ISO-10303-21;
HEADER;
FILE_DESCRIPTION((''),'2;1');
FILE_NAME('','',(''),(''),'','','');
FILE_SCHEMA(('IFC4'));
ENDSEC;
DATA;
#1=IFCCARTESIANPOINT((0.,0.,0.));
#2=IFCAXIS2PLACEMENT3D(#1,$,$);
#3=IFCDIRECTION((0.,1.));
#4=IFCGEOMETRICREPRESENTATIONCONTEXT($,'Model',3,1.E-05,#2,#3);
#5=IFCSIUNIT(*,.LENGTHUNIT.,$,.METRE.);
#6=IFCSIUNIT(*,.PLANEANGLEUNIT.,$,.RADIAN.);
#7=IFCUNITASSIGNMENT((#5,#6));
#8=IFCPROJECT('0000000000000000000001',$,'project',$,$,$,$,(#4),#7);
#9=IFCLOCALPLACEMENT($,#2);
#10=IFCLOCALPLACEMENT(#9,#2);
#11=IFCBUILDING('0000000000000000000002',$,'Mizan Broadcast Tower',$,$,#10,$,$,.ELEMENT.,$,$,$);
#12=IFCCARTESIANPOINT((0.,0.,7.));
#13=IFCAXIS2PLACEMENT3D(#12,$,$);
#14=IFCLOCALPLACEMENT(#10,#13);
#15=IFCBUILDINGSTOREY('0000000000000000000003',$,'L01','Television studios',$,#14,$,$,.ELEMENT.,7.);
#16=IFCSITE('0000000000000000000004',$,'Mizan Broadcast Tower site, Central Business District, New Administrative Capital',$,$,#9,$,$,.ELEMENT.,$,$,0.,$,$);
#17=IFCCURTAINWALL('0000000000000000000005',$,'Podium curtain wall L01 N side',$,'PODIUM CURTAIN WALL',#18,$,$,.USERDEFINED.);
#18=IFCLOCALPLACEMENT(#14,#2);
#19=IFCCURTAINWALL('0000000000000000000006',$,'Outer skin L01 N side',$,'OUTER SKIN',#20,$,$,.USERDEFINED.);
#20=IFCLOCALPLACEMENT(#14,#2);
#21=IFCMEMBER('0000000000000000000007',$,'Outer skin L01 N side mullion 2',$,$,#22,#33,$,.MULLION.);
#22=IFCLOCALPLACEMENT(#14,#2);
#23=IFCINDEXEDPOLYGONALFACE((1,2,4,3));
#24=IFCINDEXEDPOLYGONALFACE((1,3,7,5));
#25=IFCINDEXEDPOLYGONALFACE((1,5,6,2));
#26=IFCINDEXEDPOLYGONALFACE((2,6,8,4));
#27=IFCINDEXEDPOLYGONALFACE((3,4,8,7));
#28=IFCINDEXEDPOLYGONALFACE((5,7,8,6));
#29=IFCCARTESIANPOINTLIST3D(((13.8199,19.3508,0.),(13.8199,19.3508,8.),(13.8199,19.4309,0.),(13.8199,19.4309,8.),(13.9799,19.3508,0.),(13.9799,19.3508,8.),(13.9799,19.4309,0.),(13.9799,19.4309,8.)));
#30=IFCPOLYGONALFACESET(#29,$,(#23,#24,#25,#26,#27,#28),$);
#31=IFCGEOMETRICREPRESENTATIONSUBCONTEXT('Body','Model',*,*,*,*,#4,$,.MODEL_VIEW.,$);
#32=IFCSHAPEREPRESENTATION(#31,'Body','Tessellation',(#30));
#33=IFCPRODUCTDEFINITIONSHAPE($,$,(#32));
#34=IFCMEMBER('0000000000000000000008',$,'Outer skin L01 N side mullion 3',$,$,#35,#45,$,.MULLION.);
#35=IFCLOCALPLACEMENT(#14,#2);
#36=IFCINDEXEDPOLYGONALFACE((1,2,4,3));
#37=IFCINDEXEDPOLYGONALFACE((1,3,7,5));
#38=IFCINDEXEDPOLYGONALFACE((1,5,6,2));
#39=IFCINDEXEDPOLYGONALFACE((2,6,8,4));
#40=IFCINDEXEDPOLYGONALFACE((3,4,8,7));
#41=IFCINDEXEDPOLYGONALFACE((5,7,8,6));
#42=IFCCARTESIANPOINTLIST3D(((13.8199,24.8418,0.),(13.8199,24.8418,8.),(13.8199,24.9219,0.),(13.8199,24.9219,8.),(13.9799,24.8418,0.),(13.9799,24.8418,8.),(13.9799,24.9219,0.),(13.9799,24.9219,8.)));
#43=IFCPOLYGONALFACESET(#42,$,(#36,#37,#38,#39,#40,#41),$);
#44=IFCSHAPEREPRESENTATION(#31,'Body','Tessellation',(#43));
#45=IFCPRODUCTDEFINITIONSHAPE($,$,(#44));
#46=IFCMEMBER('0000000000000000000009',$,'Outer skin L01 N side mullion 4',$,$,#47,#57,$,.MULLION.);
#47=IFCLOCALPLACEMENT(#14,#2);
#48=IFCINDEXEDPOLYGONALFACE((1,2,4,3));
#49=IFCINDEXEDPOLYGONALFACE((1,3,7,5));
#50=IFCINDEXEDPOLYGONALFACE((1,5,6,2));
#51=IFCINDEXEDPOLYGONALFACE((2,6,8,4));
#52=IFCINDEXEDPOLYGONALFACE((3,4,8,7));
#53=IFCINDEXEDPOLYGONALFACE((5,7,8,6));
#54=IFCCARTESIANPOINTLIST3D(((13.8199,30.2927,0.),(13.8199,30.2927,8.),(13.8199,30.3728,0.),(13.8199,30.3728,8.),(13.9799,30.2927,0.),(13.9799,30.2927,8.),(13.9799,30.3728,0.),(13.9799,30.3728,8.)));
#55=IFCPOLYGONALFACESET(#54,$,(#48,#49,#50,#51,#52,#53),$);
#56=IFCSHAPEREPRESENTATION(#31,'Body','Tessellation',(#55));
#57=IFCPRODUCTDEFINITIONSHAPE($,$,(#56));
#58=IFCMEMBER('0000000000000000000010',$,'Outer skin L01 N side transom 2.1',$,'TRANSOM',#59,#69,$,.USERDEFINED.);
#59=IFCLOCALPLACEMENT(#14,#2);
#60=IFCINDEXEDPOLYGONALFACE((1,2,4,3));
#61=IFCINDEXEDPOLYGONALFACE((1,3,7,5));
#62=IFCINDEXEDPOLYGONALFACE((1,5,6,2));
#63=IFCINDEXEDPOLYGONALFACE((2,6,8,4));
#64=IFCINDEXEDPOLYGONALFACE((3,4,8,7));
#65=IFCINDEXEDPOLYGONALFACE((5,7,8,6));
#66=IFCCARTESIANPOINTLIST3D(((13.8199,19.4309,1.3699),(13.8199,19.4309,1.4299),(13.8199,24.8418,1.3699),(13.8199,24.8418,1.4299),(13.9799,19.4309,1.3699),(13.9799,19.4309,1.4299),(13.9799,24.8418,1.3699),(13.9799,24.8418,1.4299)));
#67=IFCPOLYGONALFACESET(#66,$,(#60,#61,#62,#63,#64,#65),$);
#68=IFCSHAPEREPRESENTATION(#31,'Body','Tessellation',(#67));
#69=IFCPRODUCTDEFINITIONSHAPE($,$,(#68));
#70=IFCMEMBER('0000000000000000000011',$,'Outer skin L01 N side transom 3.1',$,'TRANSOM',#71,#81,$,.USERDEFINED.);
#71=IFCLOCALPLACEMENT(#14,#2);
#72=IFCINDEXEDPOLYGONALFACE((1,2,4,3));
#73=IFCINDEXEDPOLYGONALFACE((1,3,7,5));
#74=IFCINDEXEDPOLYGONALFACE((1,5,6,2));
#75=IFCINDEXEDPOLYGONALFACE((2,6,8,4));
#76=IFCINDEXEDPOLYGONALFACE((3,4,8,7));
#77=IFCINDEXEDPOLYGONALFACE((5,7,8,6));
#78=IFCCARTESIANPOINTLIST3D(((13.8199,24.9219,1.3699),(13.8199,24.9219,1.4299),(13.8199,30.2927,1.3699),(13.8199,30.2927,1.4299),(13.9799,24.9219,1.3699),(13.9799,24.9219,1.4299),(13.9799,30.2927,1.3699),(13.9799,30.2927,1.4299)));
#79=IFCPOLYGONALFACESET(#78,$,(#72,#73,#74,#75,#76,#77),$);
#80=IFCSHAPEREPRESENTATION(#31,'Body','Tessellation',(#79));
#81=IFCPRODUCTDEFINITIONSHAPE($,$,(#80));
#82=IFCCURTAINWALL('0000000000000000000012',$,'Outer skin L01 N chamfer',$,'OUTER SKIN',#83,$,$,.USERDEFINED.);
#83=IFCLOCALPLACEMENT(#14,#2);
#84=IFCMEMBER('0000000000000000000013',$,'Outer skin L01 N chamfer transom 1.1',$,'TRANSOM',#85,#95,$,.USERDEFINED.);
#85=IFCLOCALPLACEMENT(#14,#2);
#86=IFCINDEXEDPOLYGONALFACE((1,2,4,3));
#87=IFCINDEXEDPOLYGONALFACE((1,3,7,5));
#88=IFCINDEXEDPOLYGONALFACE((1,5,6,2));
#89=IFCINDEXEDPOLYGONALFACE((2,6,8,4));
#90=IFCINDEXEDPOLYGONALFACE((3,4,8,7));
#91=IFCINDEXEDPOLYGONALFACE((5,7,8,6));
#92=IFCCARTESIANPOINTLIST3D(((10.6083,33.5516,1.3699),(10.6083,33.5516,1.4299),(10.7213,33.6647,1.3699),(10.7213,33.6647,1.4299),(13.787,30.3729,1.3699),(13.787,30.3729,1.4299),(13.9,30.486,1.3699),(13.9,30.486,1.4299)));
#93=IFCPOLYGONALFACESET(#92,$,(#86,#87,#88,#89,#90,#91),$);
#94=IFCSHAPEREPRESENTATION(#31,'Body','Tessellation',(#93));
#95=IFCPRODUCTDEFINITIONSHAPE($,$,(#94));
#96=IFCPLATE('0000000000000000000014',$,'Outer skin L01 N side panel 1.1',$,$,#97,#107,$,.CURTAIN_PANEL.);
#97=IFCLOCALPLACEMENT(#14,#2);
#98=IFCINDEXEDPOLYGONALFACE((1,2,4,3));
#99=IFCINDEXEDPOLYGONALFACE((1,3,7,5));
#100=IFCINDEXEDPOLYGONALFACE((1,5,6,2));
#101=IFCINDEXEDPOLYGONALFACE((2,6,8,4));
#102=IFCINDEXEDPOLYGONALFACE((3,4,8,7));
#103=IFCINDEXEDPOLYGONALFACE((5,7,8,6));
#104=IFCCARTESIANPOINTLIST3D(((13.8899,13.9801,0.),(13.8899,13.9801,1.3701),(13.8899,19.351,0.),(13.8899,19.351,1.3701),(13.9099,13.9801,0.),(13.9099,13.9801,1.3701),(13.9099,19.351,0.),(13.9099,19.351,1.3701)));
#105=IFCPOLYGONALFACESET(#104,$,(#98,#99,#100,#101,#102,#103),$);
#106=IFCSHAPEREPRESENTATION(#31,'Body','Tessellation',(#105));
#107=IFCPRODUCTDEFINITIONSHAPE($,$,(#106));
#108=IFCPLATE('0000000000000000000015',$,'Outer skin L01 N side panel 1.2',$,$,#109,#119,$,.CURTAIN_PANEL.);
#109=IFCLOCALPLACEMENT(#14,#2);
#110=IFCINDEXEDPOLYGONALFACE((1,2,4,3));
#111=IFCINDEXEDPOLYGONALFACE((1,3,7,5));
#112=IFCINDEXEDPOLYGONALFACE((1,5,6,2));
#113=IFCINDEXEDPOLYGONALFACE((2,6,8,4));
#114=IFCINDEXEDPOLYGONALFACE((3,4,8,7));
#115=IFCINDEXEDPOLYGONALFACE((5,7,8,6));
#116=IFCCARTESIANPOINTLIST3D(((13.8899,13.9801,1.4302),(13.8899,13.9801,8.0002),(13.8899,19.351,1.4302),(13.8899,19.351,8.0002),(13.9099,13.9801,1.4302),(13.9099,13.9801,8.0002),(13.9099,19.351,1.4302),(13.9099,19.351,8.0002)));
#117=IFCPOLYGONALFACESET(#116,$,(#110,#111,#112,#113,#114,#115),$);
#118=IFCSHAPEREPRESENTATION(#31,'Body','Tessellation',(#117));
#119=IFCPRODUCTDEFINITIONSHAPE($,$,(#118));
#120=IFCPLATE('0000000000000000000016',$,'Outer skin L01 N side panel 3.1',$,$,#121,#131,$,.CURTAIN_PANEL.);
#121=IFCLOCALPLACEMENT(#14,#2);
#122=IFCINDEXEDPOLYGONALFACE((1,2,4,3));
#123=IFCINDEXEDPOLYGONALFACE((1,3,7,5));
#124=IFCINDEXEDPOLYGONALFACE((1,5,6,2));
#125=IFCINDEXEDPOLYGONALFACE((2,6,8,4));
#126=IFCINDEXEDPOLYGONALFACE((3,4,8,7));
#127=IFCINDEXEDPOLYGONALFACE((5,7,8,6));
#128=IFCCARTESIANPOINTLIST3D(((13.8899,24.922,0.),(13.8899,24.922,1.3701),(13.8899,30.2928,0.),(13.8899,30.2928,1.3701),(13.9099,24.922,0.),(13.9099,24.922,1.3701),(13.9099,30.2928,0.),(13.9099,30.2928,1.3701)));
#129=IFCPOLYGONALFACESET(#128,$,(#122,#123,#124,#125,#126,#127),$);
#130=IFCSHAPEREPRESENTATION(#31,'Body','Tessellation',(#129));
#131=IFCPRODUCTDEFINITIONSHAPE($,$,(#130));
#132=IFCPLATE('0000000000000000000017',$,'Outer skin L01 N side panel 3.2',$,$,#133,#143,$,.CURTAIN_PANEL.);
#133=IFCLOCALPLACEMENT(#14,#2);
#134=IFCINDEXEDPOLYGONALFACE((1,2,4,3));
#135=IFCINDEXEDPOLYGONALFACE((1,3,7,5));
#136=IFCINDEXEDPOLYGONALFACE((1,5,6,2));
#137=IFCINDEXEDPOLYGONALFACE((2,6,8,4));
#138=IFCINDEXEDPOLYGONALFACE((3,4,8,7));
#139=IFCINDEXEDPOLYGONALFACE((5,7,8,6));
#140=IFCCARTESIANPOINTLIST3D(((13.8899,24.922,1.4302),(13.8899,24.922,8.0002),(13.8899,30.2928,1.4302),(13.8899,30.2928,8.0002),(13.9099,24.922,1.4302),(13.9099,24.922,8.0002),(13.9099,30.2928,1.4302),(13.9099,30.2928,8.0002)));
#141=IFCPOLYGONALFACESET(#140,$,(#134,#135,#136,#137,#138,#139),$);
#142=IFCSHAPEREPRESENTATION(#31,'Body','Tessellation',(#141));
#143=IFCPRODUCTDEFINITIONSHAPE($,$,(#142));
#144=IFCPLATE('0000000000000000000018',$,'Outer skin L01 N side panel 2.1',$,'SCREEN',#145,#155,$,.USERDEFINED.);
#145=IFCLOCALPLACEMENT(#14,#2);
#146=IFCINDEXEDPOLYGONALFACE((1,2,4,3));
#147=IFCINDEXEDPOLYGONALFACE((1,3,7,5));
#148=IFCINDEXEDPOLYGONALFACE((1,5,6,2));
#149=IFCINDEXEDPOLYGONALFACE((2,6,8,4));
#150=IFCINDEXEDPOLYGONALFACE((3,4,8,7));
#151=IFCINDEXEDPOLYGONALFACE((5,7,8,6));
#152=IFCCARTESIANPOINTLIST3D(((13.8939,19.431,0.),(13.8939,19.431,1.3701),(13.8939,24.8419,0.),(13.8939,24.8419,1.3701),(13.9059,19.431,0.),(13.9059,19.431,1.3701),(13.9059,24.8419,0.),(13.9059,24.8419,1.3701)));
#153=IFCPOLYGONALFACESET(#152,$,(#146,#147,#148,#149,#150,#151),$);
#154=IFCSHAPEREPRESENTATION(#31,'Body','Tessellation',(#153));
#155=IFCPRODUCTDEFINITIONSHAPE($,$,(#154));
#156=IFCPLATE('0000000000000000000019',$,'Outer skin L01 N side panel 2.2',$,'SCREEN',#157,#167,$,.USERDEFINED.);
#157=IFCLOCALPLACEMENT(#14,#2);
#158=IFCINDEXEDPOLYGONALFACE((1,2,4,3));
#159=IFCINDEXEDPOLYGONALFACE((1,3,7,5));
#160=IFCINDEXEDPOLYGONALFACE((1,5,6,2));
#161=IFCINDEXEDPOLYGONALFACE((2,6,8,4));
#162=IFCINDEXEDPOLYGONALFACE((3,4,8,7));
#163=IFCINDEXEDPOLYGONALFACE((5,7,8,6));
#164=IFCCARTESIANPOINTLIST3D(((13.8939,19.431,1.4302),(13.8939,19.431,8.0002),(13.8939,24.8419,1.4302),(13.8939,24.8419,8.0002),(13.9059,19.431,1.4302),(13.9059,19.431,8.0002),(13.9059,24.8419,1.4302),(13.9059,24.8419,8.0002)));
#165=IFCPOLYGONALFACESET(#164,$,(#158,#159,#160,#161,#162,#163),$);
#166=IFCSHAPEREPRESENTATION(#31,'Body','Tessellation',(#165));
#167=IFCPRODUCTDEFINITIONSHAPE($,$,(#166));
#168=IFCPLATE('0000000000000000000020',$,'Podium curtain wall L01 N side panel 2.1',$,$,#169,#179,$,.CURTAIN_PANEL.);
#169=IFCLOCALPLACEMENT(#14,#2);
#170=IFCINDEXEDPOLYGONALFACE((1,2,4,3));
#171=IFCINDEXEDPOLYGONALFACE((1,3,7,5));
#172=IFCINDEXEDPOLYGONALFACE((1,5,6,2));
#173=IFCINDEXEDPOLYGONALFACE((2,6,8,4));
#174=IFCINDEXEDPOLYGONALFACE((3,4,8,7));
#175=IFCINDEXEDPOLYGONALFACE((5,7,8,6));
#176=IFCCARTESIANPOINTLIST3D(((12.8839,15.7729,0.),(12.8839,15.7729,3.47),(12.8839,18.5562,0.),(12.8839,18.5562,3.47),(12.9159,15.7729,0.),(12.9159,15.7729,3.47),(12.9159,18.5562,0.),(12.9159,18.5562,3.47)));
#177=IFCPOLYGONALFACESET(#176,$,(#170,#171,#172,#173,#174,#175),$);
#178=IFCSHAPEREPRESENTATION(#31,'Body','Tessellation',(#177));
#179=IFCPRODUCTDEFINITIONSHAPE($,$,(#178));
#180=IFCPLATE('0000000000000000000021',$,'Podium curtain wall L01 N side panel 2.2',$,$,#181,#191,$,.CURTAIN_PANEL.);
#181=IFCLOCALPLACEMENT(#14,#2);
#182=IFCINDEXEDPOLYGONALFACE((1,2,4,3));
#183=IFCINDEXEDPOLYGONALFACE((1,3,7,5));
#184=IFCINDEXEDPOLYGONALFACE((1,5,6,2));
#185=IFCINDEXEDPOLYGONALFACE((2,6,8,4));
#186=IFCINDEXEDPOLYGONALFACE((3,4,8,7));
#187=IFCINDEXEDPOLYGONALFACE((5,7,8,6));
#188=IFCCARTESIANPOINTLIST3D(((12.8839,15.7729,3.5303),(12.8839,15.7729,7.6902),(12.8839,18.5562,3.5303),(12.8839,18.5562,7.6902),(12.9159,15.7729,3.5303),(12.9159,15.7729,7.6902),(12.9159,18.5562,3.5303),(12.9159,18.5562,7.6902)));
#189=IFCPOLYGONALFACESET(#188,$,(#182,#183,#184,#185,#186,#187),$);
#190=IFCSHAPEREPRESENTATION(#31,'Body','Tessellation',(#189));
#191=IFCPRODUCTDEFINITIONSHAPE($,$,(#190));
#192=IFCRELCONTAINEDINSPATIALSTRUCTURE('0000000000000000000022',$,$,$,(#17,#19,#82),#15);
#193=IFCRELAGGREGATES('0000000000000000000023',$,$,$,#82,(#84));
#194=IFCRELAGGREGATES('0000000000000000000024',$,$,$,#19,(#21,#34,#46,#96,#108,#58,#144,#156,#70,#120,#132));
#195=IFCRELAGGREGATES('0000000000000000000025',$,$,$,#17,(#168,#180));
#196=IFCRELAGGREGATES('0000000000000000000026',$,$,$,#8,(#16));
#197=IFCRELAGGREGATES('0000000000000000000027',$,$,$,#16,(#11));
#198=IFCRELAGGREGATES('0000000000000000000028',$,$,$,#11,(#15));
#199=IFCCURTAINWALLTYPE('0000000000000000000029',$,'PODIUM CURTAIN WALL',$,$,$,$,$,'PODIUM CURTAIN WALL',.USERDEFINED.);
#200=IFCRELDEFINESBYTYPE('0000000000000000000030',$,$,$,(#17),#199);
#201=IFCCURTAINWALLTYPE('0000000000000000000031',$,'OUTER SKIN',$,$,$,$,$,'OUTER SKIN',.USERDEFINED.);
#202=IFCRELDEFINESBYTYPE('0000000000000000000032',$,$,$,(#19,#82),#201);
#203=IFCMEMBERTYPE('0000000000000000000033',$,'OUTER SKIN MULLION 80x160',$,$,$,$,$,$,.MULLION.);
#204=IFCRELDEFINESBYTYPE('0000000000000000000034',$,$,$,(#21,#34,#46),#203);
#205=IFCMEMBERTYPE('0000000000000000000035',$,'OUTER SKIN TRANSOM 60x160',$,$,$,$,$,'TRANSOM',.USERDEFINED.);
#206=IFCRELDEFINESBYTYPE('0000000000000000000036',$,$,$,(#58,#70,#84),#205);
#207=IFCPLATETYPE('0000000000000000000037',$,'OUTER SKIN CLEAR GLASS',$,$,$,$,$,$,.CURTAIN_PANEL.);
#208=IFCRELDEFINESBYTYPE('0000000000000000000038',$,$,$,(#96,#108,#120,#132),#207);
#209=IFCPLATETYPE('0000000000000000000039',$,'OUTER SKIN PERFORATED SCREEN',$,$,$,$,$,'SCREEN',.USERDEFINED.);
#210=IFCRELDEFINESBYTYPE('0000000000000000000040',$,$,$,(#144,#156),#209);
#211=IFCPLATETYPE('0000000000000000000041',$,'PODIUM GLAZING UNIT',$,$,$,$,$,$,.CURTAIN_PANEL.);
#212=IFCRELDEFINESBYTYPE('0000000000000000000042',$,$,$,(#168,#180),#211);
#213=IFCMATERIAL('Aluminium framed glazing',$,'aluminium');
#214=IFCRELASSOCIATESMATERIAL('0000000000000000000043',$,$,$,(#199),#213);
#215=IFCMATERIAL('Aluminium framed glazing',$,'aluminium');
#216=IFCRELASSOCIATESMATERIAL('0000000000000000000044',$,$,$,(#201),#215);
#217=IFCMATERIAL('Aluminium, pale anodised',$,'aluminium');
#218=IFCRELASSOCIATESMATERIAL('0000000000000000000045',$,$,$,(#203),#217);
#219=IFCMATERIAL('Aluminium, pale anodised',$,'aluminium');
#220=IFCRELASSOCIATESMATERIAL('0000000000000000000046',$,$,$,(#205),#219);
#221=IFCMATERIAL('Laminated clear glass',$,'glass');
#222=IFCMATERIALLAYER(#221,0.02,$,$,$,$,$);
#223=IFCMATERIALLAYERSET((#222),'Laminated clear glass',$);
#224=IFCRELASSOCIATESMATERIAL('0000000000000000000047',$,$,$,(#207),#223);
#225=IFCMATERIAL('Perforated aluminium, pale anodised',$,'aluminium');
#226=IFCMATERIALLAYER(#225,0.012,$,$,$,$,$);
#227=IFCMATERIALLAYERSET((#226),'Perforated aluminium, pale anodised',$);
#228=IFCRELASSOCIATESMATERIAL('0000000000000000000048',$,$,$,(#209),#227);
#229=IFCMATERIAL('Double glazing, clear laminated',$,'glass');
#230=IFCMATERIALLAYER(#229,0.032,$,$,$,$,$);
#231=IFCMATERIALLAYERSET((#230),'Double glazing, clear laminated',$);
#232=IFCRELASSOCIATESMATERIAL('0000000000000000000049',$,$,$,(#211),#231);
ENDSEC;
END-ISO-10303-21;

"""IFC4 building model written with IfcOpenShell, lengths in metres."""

from ifc_helpers import new_model, si_unit, direction, frame, origin, origin_2d, place, context, subcontext, project, spatial, rectangle, extrude, material, layer, layer_set, material_profile, profile_set, type_object, element, aggregate, save


model = new_model("IFC4")

# Units and contexts
model_context = context("Model", 3, precision=1e-05, world=origin(), true_north=direction((0.0, 1.0)))
body_context = subcontext(model_context, "Body", "Model", "MODEL_VIEW")
ifc_project = project(units=[si_unit("LENGTHUNIT", "METRE"), si_unit("PLANEANGLEUNIT", "RADIAN")], contexts=[model_context])

# Site, building, storey
site_placement = place(None, origin())
site = spatial("IfcSite", under=ifc_project, at=site_placement, Name="Mizan Broadcast Tower site, Central Business District, New Administrative Capital", CompositionType="ELEMENT", RefElevation=0.0)
building_placement = place(site_placement, origin())
building = spatial("IfcBuilding", under=site, at=building_placement, Name="Mizan Broadcast Tower", CompositionType="ELEMENT")
storey_placement = place(building_placement, frame((0.0, 0.0, 7.0)))
storey = spatial("IfcBuildingStorey", under=building, at=storey_placement, Name="L01", Description="Television studios", CompositionType="ELEMENT", Elevation=7.0)

# Curtain walls, members
ifc_material_1 = material(Name="Aluminium framed glazing", Category="aluminium")
curtain_wall_type_1 = type_object("IfcCurtainWallType", Name="PODIUM CURTAIN WALL", ElementType="PODIUM CURTAIN WALL", PredefinedType="USERDEFINED", material=ifc_material_1)
curtain_wall_1_placement = place(storey_placement, origin())
curtain_wall_1 = element("IfcCurtainWall", 1, at=curtain_wall_1_placement, inside=storey, type_object=curtain_wall_type_1, Name="Podium curtain wall L01 N side", ObjectType="PODIUM CURTAIN WALL", PredefinedType="USERDEFINED")
ifc_material_2 = material(Name="Aluminium framed glazing", Category="aluminium")
curtain_wall_type_2 = type_object("IfcCurtainWallType", Name="OUTER SKIN", ElementType="OUTER SKIN", PredefinedType="USERDEFINED", material=ifc_material_2)
curtain_wall_2_placement = place(storey_placement, origin())
curtain_wall_2 = element("IfcCurtainWall", 2, at=curtain_wall_2_placement, inside=storey, type_object=curtain_wall_type_2, Name="Outer skin L01 N side", ObjectType="OUTER SKIN", PredefinedType="USERDEFINED")
ifc_material_3 = material(Name="Aluminium, pale anodised", Category="aluminium")
ifc_material_profile_1 = material_profile(ifc_material_3, rectangle(XDim=0.1599, YDim=0.0801, at=origin_2d()), Name="MULLION 160x80")
ifc_profile_set_1 = profile_set([ifc_material_profile_1], Name="Aluminium, pale anodised")
member_type_1 = type_object("IfcMemberType", Name="OUTER SKIN MULLION 80x160", PredefinedType="MULLION", material=ifc_profile_set_1)
member_1_placement = place(storey_placement, frame((13.8999, 19.3909, 0.0), z_axis=(0.0, 0.0, 1.0), x_axis=(-1.0, 0.0, 0.0)))
member_1 = element("IfcMember", 3, at=member_1_placement, type_object=member_type_1, Name="Outer skin L01 N side mullion 2", PredefinedType="MULLION", context=body_context, shape_type="SweptSolid", body=[
    extrude(rectangle(XDim=0.1599, YDim=0.0801, at=origin_2d()), origin(), (0.0, 0.0, 1.0), 8.0),
])
member_2_placement = place(storey_placement, frame((13.8999, 24.8818, 0.0), z_axis=(0.0, 0.0, 1.0), x_axis=(-1.0, 0.0, 0.0)))
member_2 = element("IfcMember", 4, at=member_2_placement, type_object=member_type_1, Name="Outer skin L01 N side mullion 3", PredefinedType="MULLION", context=body_context, shape_type="SweptSolid", body=[
    extrude(rectangle(XDim=0.1599, YDim=0.0801, at=origin_2d()), origin(), (0.0, 0.0, 1.0), 8.0),
])
member_3_placement = place(storey_placement, frame((13.8999, 30.3328, 0.0), z_axis=(0.0, 0.0, 1.0), x_axis=(-1.0, 0.0, 0.0)))
member_3 = element("IfcMember", 5, at=member_3_placement, type_object=member_type_1, Name="Outer skin L01 N side mullion 4", PredefinedType="MULLION", context=body_context, shape_type="SweptSolid", body=[
    extrude(rectangle(XDim=0.1599, YDim=0.0801, at=origin_2d()), origin(), (0.0, 0.0, 1.0), 8.0),
])
ifc_material_4 = material(Name="Aluminium, pale anodised", Category="aluminium")
ifc_material_profile_2 = material_profile(ifc_material_4, rectangle(XDim=0.1599, YDim=0.0601, at=origin_2d()), Name="TRANSOM 160x60")
ifc_profile_set_2 = profile_set([ifc_material_profile_2], Name="Aluminium, pale anodised")
member_type_2 = type_object("IfcMemberType", Name="OUTER SKIN TRANSOM 60x160", ElementType="TRANSOM", PredefinedType="USERDEFINED", material=ifc_profile_set_2)
member_4_placement = place(storey_placement, frame((13.8999, 19.4309, 1.3999), z_axis=(0.0, 1.0, 0.0), x_axis=(-1.0, 0.0, 0.0)))
member_4 = element("IfcMember", 6, at=member_4_placement, type_object=member_type_2, Name="Outer skin L01 N side transom 2.1", ObjectType="TRANSOM", PredefinedType="USERDEFINED", context=body_context, shape_type="SweptSolid", body=[
    extrude(rectangle(XDim=0.1599, YDim=0.0601, at=origin_2d()), origin(), (0.0, 0.0, 1.0), 5.4109),
])
member_5_placement = place(storey_placement, frame((13.8999, 24.9219, 1.3999), z_axis=(0.0, 1.0, 0.0), x_axis=(-1.0, 0.0, 0.0)))
member_5 = element("IfcMember", 7, at=member_5_placement, type_object=member_type_2, Name="Outer skin L01 N side transom 3.1", ObjectType="TRANSOM", PredefinedType="USERDEFINED", context=body_context, shape_type="SweptSolid", body=[
    extrude(rectangle(XDim=0.1599, YDim=0.0601, at=origin_2d()), origin(), (0.0, 0.0, 1.0), 5.3708),
])

# Curtain wall, member
curtain_wall_3_placement = place(storey_placement, origin())
curtain_wall_3 = element("IfcCurtainWall", 8, at=curtain_wall_3_placement, inside=storey, type_object=curtain_wall_type_2, Name="Outer skin L01 N chamfer", ObjectType="OUTER SKIN", PredefinedType="USERDEFINED")
member_6_placement = place(storey_placement, frame((13.8435, 30.4294, 1.3999), z_axis=(-0.707107, 0.707107, 0.0), x_axis=(-0.707107, -0.707107, 0.0)))
member_6 = element("IfcMember", 9, at=member_6_placement, type_object=member_type_2, Name="Outer skin L01 N chamfer transom 1.1", ObjectType="TRANSOM", PredefinedType="USERDEFINED", context=body_context, shape_type="SweptSolid", body=[
    extrude(rectangle(XDim=0.1599, YDim=0.0601, at=origin_2d()), origin(), (0.0, 0.0, 1.0), 4.4954),
])
aggregate(curtain_wall_3, [member_6])

# Plates
ifc_material_5 = material(Name="Laminated clear glass", Category="glass")
ifc_layer_1 = layer(ifc_material_5, 0.02)
ifc_layer_set_1 = layer_set([ifc_layer_1], Name="Laminated clear glass")
plate_type_1 = type_object("IfcPlateType", Name="OUTER SKIN CLEAR GLASS", PredefinedType="CURTAIN_PANEL", material=ifc_layer_set_1)
plate_1_placement = place(storey_placement, frame((13.8999, 16.6655, 0.0), z_axis=(0.0, 0.0, 1.0), x_axis=(0.0, 1.0, 0.0)))
plate_1 = element("IfcPlate", 10, at=plate_1_placement, type_object=plate_type_1, Name="Outer skin L01 N side panel 1.1", PredefinedType="CURTAIN_PANEL", context=body_context, shape_type="SweptSolid", body=[
    extrude(rectangle(XDim=5.3708, YDim=0.02, at=origin_2d()), origin(), (0.0, 0.0, 1.0), 1.3701),
])
plate_2_placement = place(storey_placement, frame((13.8999, 16.6655, 1.4302), z_axis=(0.0, 0.0, 1.0), x_axis=(0.0, 1.0, 0.0)))
plate_2 = element("IfcPlate", 11, at=plate_2_placement, type_object=plate_type_1, Name="Outer skin L01 N side panel 1.2", PredefinedType="CURTAIN_PANEL", context=body_context, shape_type="SweptSolid", body=[
    extrude(rectangle(XDim=5.3708, YDim=0.02, at=origin_2d()), origin(), (0.0, 0.0, 1.0), 6.5701),
])
plate_3_placement = place(storey_placement, frame((13.8999, 27.6074, 0.0), z_axis=(0.0, 0.0, 1.0), x_axis=(0.0, 1.0, 0.0)))
plate_3 = element("IfcPlate", 12, at=plate_3_placement, type_object=plate_type_1, Name="Outer skin L01 N side panel 3.1", PredefinedType="CURTAIN_PANEL", context=body_context, shape_type="SweptSolid", body=[
    extrude(rectangle(XDim=5.3708, YDim=0.02, at=origin_2d()), origin(), (0.0, 0.0, 1.0), 1.3701),
])
plate_4_placement = place(storey_placement, frame((13.8999, 27.6074, 1.4302), z_axis=(0.0, 0.0, 1.0), x_axis=(0.0, 1.0, 0.0)))
plate_4 = element("IfcPlate", 13, at=plate_4_placement, type_object=plate_type_1, Name="Outer skin L01 N side panel 3.2", PredefinedType="CURTAIN_PANEL", context=body_context, shape_type="SweptSolid", body=[
    extrude(rectangle(XDim=5.3708, YDim=0.02, at=origin_2d()), origin(), (0.0, 0.0, 1.0), 6.5701),
])
ifc_material_6 = material(Name="Perforated aluminium, pale anodised", Category="aluminium")
ifc_layer_2 = layer(ifc_material_6, 0.012)
ifc_layer_set_2 = layer_set([ifc_layer_2], Name="Perforated aluminium, pale anodised")
plate_type_2 = type_object("IfcPlateType", Name="OUTER SKIN PERFORATED SCREEN", ElementType="SCREEN", PredefinedType="USERDEFINED", material=ifc_layer_set_2)
plate_5_placement = place(storey_placement, frame((13.8999, 22.1365, 0.0), z_axis=(0.0, 0.0, 1.0), x_axis=(0.0, 1.0, 0.0)))
plate_5 = element("IfcPlate", 14, at=plate_5_placement, type_object=plate_type_2, Name="Outer skin L01 N side panel 2.1", ObjectType="SCREEN", PredefinedType="USERDEFINED", context=body_context, shape_type="SweptSolid", body=[
    extrude(rectangle(XDim=5.4109, YDim=0.012, at=origin_2d()), origin(), (0.0, 0.0, 1.0), 1.3701),
])
plate_6_placement = place(storey_placement, frame((13.8999, 22.1365, 1.4302), z_axis=(0.0, 0.0, 1.0), x_axis=(0.0, 1.0, 0.0)))
plate_6 = element("IfcPlate", 15, at=plate_6_placement, type_object=plate_type_2, Name="Outer skin L01 N side panel 2.2", ObjectType="SCREEN", PredefinedType="USERDEFINED", context=body_context, shape_type="SweptSolid", body=[
    extrude(rectangle(XDim=5.4109, YDim=0.012, at=origin_2d()), origin(), (0.0, 0.0, 1.0), 6.5701),
])
aggregate(curtain_wall_2, [member_1, member_2, member_3, plate_1, plate_2, member_4, plate_5, plate_6, member_5, plate_3, plate_4])
ifc_material_7 = material(Name="Double glazing, clear laminated", Category="glass")
ifc_layer_3 = layer(ifc_material_7, 0.032)
ifc_layer_set_3 = layer_set([ifc_layer_3], Name="Double glazing, clear laminated")
plate_type_3 = type_object("IfcPlateType", Name="PODIUM GLAZING UNIT", PredefinedType="CURTAIN_PANEL", material=ifc_layer_set_3)
plate_7_placement = place(storey_placement, frame((12.8999, 17.1646, 0.0), z_axis=(0.0, 0.0, 1.0), x_axis=(0.0, 1.0, 0.0)))
plate_7 = element("IfcPlate", 16, at=plate_7_placement, type_object=plate_type_3, Name="Podium curtain wall L01 N side panel 2.1", PredefinedType="CURTAIN_PANEL", context=body_context, shape_type="SweptSolid", body=[
    extrude(rectangle(XDim=2.7832, YDim=0.032, at=origin_2d()), origin(), (0.0, 0.0, 1.0), 3.47),
])
plate_8_placement = place(storey_placement, frame((12.8999, 17.1646, 3.5303), z_axis=(0.0, 0.0, 1.0), x_axis=(0.0, 1.0, 0.0)))
plate_8 = element("IfcPlate", 17, at=plate_8_placement, type_object=plate_type_3, Name="Podium curtain wall L01 N side panel 2.2", PredefinedType="CURTAIN_PANEL", context=body_context, shape_type="SweptSolid", body=[
    extrude(rectangle(XDim=2.7832, YDim=0.032, at=origin_2d()), origin(), (0.0, 0.0, 1.0), 4.1599),
])
aggregate(curtain_wall_1, [plate_7, plate_8])

save(model, "model.ifc")
